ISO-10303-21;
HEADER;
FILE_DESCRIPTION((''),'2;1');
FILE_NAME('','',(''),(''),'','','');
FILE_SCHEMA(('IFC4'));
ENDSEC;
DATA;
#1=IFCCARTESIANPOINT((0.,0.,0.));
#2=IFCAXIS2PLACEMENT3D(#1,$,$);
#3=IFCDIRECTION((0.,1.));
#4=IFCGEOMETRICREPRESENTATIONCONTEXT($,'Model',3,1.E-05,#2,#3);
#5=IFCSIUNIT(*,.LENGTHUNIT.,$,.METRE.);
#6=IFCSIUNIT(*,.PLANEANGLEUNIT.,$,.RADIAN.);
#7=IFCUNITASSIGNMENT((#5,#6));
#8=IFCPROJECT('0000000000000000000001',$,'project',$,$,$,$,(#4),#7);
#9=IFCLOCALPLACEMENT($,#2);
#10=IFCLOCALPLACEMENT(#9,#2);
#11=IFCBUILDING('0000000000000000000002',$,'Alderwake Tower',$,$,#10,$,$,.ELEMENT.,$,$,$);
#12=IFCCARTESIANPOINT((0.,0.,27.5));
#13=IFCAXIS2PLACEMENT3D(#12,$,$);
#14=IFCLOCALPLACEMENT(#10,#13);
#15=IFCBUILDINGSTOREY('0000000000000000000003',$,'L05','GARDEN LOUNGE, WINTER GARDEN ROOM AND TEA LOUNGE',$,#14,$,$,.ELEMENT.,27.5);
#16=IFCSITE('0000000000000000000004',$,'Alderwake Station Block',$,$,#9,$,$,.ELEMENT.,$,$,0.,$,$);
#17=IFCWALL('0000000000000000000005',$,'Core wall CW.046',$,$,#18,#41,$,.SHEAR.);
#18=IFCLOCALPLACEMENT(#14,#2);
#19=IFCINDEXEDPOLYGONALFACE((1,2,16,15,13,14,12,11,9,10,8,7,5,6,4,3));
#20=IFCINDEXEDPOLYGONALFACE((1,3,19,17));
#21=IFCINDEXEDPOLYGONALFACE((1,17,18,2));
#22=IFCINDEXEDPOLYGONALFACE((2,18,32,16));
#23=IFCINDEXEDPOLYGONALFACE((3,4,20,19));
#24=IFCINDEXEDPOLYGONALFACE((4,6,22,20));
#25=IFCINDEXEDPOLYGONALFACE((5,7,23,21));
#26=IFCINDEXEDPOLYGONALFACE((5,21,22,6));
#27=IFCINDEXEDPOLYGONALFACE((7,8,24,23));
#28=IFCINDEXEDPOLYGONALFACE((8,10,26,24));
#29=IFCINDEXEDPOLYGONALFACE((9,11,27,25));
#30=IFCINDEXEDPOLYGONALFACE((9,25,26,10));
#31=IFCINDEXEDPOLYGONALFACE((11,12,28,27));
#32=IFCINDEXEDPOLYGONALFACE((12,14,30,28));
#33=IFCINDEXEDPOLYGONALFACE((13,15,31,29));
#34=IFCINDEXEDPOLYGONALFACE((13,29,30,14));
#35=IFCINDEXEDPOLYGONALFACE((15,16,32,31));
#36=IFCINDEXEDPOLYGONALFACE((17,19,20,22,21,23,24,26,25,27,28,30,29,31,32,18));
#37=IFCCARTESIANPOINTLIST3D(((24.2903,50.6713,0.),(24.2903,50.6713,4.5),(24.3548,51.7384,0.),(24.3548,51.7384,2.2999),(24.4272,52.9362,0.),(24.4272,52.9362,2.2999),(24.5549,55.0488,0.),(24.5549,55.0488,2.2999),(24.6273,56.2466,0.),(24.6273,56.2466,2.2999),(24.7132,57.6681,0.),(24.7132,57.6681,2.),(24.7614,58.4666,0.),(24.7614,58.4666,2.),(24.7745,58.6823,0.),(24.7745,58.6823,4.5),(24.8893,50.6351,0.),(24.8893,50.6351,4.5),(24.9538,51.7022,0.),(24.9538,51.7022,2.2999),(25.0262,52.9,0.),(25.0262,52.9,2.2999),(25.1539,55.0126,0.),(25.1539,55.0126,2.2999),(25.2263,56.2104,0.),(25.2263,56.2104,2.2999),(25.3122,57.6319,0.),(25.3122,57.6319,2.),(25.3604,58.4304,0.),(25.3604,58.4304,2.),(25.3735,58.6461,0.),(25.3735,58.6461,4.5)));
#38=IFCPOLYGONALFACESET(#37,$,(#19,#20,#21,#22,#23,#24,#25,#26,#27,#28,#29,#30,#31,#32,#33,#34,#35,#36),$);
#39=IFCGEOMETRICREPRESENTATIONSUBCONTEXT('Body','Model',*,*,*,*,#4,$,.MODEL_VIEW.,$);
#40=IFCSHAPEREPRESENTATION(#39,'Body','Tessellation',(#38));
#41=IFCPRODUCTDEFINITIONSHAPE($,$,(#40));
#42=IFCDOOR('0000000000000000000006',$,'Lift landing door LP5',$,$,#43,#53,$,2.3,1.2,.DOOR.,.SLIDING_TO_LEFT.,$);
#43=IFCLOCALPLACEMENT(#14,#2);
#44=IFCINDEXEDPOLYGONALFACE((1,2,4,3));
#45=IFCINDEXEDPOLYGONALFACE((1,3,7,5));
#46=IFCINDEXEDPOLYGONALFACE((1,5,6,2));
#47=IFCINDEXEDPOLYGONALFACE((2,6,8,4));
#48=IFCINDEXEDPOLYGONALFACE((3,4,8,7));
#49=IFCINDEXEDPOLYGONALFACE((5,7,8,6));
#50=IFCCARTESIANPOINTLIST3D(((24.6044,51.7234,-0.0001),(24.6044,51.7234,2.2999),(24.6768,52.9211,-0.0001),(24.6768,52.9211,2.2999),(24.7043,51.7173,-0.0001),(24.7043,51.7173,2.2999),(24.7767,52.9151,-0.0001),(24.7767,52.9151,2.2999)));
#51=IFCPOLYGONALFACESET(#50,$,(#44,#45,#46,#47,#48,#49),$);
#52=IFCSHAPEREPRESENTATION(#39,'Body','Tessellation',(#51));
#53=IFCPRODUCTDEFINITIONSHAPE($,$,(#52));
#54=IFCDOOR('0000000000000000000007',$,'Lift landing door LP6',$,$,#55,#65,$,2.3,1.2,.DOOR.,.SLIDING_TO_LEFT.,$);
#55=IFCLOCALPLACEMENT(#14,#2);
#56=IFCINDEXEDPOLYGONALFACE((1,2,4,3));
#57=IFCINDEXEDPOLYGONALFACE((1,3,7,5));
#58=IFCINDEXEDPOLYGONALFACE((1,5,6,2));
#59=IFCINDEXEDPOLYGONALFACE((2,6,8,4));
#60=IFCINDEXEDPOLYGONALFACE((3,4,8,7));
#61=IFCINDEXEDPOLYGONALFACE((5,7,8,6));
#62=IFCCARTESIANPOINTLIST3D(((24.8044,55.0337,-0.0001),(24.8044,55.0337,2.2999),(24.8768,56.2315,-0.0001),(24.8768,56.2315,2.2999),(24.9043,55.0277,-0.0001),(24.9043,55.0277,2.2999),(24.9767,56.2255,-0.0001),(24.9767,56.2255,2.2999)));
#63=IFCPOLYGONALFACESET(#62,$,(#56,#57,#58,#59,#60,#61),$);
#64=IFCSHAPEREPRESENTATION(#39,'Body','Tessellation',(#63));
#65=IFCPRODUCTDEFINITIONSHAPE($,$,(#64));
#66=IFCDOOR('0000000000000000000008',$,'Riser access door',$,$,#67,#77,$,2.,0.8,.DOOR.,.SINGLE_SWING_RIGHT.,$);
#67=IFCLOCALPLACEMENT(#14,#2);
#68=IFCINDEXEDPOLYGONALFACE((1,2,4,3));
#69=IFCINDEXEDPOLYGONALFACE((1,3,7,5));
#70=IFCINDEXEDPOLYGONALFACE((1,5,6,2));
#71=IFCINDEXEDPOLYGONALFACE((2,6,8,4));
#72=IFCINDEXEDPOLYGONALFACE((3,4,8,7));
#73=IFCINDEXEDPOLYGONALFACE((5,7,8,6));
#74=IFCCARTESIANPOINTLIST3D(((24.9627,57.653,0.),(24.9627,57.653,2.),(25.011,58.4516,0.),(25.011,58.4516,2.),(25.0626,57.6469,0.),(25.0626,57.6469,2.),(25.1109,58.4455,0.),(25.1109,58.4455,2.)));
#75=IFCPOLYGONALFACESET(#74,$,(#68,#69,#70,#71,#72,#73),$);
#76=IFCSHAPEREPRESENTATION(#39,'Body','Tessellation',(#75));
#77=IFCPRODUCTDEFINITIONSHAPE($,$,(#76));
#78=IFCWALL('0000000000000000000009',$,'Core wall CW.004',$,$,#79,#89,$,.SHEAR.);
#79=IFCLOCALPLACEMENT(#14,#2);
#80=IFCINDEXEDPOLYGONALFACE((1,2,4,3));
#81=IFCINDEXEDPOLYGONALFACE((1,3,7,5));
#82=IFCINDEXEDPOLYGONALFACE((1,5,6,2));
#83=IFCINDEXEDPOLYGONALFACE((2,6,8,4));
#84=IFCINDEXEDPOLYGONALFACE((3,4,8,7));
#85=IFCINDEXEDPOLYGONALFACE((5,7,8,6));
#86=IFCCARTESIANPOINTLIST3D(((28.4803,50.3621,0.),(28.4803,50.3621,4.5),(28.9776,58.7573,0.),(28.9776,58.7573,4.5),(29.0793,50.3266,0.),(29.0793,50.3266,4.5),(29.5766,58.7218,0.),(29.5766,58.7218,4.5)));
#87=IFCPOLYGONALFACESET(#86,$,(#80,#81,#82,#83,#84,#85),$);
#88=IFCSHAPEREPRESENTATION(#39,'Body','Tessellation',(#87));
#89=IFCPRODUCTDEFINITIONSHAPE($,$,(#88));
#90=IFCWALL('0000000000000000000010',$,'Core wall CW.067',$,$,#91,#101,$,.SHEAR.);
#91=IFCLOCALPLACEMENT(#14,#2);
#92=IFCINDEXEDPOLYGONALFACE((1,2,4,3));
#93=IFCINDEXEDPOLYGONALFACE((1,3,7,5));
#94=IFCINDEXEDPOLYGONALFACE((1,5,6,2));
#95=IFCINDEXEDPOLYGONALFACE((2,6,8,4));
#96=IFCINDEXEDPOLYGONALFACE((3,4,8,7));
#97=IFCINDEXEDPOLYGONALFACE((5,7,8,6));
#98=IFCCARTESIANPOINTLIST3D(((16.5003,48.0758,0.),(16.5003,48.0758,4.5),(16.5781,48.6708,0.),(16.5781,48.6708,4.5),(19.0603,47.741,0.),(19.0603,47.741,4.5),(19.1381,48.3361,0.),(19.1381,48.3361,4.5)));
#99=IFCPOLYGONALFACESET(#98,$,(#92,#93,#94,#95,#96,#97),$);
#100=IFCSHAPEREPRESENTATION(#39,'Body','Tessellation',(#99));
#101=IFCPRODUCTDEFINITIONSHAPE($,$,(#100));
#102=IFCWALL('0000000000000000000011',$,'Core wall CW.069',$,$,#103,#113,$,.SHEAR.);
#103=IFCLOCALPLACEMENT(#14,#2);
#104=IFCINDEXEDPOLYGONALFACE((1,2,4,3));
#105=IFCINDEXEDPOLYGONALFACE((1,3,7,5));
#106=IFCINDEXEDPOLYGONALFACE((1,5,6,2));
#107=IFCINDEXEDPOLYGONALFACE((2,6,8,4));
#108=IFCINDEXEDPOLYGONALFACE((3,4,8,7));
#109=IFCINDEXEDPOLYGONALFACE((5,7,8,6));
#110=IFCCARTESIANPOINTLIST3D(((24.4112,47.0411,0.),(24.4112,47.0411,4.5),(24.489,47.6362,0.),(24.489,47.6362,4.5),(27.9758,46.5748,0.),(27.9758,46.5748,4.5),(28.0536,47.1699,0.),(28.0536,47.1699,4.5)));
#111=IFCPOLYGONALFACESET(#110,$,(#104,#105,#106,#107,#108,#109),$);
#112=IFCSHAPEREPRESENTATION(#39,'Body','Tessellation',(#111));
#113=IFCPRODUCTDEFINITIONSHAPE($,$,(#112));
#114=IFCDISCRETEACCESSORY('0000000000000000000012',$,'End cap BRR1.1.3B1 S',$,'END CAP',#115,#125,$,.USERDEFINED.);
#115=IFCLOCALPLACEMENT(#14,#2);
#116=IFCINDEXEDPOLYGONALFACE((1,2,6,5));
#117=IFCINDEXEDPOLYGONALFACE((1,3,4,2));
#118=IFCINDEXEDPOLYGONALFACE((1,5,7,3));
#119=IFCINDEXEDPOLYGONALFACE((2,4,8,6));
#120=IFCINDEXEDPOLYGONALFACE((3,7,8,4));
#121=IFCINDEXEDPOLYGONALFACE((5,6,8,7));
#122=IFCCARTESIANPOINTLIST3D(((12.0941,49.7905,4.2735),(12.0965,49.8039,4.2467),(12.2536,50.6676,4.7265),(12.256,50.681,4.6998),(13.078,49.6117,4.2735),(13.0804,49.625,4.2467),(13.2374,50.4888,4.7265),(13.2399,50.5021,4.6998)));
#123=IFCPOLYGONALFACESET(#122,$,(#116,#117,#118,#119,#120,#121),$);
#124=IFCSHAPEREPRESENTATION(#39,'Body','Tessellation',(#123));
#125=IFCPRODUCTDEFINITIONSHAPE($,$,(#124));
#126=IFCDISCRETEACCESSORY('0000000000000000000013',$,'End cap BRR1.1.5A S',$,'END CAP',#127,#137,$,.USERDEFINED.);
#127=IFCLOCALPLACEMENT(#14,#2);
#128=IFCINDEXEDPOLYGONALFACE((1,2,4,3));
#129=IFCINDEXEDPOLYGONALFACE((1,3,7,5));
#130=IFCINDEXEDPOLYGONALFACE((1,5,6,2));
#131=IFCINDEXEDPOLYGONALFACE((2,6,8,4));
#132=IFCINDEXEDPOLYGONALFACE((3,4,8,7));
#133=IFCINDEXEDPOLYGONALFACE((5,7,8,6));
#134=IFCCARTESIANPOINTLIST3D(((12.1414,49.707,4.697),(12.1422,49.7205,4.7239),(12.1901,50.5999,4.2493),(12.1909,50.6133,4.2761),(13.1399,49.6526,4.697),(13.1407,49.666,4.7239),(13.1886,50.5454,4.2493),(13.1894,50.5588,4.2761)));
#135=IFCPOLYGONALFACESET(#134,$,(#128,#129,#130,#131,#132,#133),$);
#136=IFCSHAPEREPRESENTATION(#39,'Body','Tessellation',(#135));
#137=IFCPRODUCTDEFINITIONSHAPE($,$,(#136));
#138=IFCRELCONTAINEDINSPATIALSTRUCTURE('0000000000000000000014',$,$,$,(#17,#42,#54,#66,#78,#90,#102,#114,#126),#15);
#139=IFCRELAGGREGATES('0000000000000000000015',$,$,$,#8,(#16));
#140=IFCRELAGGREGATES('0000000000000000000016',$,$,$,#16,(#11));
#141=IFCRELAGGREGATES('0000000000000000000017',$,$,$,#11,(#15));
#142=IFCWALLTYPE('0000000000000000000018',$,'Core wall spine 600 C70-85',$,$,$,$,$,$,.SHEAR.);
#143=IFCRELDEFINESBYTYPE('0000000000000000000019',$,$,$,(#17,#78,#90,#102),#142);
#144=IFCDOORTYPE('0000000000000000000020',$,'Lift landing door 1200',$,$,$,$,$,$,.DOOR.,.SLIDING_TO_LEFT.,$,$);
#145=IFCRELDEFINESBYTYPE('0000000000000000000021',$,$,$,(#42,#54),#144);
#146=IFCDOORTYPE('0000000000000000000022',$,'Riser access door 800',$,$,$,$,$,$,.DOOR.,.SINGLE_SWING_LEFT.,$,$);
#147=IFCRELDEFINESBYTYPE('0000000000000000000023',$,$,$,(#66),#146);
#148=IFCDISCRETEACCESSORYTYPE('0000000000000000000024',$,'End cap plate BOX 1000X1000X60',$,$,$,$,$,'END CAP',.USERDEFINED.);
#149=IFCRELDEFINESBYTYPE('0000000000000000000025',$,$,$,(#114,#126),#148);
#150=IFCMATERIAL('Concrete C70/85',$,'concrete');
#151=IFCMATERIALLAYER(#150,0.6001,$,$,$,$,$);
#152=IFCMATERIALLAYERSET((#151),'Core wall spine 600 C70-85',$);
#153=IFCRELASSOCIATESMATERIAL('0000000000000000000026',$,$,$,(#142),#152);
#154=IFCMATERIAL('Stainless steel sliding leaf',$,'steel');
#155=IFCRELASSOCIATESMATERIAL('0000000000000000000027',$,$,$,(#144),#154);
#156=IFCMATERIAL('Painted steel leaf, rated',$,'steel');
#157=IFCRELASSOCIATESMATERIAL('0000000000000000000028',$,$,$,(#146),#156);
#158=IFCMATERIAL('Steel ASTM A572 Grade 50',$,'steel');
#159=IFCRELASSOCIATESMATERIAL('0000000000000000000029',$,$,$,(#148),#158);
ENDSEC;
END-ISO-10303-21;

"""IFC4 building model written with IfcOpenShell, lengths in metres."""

from ifc_helpers import new_model, si_unit, direction, frame, frame_2d, origin, origin_2d, place, context, subcontext, project, spatial, rectangle, extrude, material, layer, layer_set, material_profile, profile_set, type_object, element, fill, save


model = new_model("IFC4")

# Units and contexts
model_context = context("Model", 3, precision=1e-05, world=origin(), true_north=direction((0.0, 1.0)))
body_context = subcontext(model_context, "Body", "Model", "MODEL_VIEW")
ifc_project = project(units=[si_unit("LENGTHUNIT", "METRE"), si_unit("PLANEANGLEUNIT", "RADIAN")], contexts=[model_context])

# Site, building, storey
site_placement = place(None, origin())
site = spatial("IfcSite", under=ifc_project, at=site_placement, Name="Alderwake Station Block", CompositionType="ELEMENT", RefElevation=0.0)
building_placement = place(site_placement, origin())
building = spatial("IfcBuilding", under=site, at=building_placement, Name="Alderwake Tower", CompositionType="ELEMENT")
storey_placement = place(building_placement, frame((0.0, 0.0, 27.5)))
storey = spatial("IfcBuildingStorey", under=building, at=storey_placement, Name="L05", Description="GARDEN LOUNGE, WINTER GARDEN ROOM AND TEA LOUNGE", CompositionType="ELEMENT", Elevation=27.5)

# Wall, openings, doors
ifc_material_1 = material(Name="Concrete C70/85", Category="concrete")
ifc_layer_1 = layer(ifc_material_1, 0.6001)
ifc_layer_set_1 = layer_set([ifc_layer_1], Name="Core wall spine 600 C70-85")
wall_type_1 = type_object("IfcWallType", Name="Core wall spine 600 C70-85", PredefinedType="SHEAR", material=ifc_layer_set_1)
ifc_material_2 = material(Name="Stainless steel sliding leaf", Category="steel")
door_type_1 = type_object("IfcDoorType", Name="Lift landing door 1200", OperationType="SLIDING_TO_LEFT", PredefinedType="DOOR", material=ifc_material_2)
ifc_material_3 = material(Name="Painted steel leaf, rated", Category="steel")
door_type_2 = type_object("IfcDoorType", Name="Riser access door 800", OperationType="SINGLE_SWING_LEFT", PredefinedType="DOOR", material=ifc_material_3)
wall_1_placement = place(storey_placement, frame((24.5898, 50.6533, 0.0), z_axis=(0.0, 0.0, 1.0), x_axis=(0.060323, 0.998179, 0.0)))
wall_1 = element("IfcWall", 1, at=wall_1_placement, inside=storey, type_object=wall_type_1, Name="Core wall CW.046", PredefinedType="SHEAR", context=body_context, shape_type="SweptSolid", body=[
    extrude(rectangle(XDim=8.0256, YDim=0.6001, at=frame_2d((4.0127, 0.0))), origin(), (0.0, 0.0, 1.0), 4.5),
])
opening_1_placement = place(wall_1_placement, frame((1.0688, 0.0, 0.0)))
opening_1 = element("IfcOpeningElement", 2, at=opening_1_placement, cuts=wall_1, PredefinedType="OPENING", context=body_context, shape_type="SweptSolid", body=[
    extrude(rectangle(XDim=1.2, YDim=2.3, at=frame_2d((0.6001, 1.1499))), frame((0.0, 0.3101, 0.0), z_axis=(0.0, -1.0, 0.0), x_axis=(1.0, 0.0, 0.0)), (0.0, 0.0, 1.0), 0.6201),
])
opening_2_placement = place(wall_1_placement, frame((4.3853, 0.0, 0.0)))
opening_2 = element("IfcOpeningElement", 3, at=opening_2_placement, cuts=wall_1, PredefinedType="OPENING", context=body_context, shape_type="SweptSolid", body=[
    extrude(rectangle(XDim=1.2, YDim=2.3, at=frame_2d((0.6001, 1.1499))), frame((0.0, 0.3101, 0.0), z_axis=(0.0, -1.0, 0.0), x_axis=(1.0, 0.0, 0.0)), (0.0, 0.0, 1.0), 0.6201),
])
opening_3_placement = place(wall_1_placement, frame((7.0095, 0.0, 0.0)))
opening_3 = element("IfcOpeningElement", 4, at=opening_3_placement, cuts=wall_1, PredefinedType="OPENING", context=body_context, shape_type="SweptSolid", body=[
    extrude(rectangle(XDim=0.8, YDim=2.0, at=frame_2d((0.3999, 1.0))), frame((0.0, 0.3101, 0.0), z_axis=(0.0, -1.0, 0.0), x_axis=(1.0, 0.0, 0.0)), (0.0, 0.0, 1.0), 0.6201),
])
door_1_placement = place(opening_1_placement, origin())
door_1 = element("IfcDoor", 5, at=door_1_placement, inside=storey, type_object=door_type_1, Name="Lift landing door LP5", OperationType="SLIDING_TO_LEFT", OverallHeight=2.3, OverallWidth=1.2, PredefinedType="DOOR", context=body_context, shape_type="SweptSolid", body=[
    extrude(rectangle(XDim=1.2, YDim=2.3, at=frame_2d((0.6001, 1.1499))), frame((0.0, 0.05, 0.0), z_axis=(0.0, -1.0, 0.0), x_axis=(1.0, 0.0, 0.0)), (0.0, 0.0, 1.0), 0.1001),
])
fill(opening_1, door_1)
door_2_placement = place(opening_2_placement, origin())
door_2 = element("IfcDoor", 6, at=door_2_placement, inside=storey, type_object=door_type_1, Name="Lift landing door LP6", OperationType="SLIDING_TO_LEFT", OverallHeight=2.3, OverallWidth=1.2, PredefinedType="DOOR", context=body_context, shape_type="SweptSolid", body=[
    extrude(rectangle(XDim=1.2, YDim=2.3, at=frame_2d((0.6001, 1.1499))), frame((0.0, 0.05, 0.0), z_axis=(0.0, -1.0, 0.0), x_axis=(1.0, 0.0, 0.0)), (0.0, 0.0, 1.0), 0.1001),
])
fill(opening_2, door_2)
door_3_placement = place(opening_3_placement, origin())
door_3 = element("IfcDoor", 7, at=door_3_placement, inside=storey, type_object=door_type_2, Name="Riser access door", OperationType="SINGLE_SWING_RIGHT", OverallHeight=2.0, OverallWidth=0.8, PredefinedType="DOOR", context=body_context, shape_type="SweptSolid", body=[
    extrude(rectangle(XDim=0.8, YDim=2.0, at=frame_2d((0.3999, 1.0))), frame((0.0, 0.05, 0.0), z_axis=(0.0, -1.0, 0.0), x_axis=(1.0, 0.0, 0.0)), (0.0, 0.0, 1.0), 0.1001),
])
fill(opening_3, door_3)

# Walls
wall_2_placement = place(storey_placement, frame((28.7798, 50.3442, 0.0), z_axis=(0.0, 0.0, 1.0), x_axis=(0.059134, 0.99825, 0.0)))
element("IfcWall", 8, at=wall_2_placement, inside=storey, type_object=wall_type_1, Name="Core wall CW.004", PredefinedType="SHEAR", context=body_context, shape_type="SweptSolid", body=[
    extrude(rectangle(XDim=8.4099, YDim=0.6001, at=frame_2d((4.2051, 0.0))), origin(), (0.0, 0.0, 1.0), 4.5),
])
wall_3_placement = place(storey_placement, frame((16.5391, 48.3733, 0.0), z_axis=(0.0, 0.0, 1.0), x_axis=(0.991561, -0.129642, 0.0)))
element("IfcWall", 9, at=wall_3_placement, inside=storey, type_object=wall_type_1, Name="Core wall CW.067", PredefinedType="SHEAR", context=body_context, shape_type="SweptSolid", body=[
    extrude(rectangle(XDim=2.5818, YDim=0.6001, at=frame_2d((1.291, 0.0))), origin(), (0.0, 0.0, 1.0), 4.5),
])
wall_4_placement = place(storey_placement, frame((24.4502, 47.3386, 0.0), z_axis=(0.0, 0.0, 1.0), x_axis=(0.991552, -0.129708, 0.0)))
element("IfcWall", 10, at=wall_4_placement, inside=storey, type_object=wall_type_1, Name="Core wall CW.069", PredefinedType="SHEAR", context=body_context, shape_type="SweptSolid", body=[
    extrude(rectangle(XDim=3.595, YDim=0.6001, at=frame_2d((1.7974, 0.0))), origin(), (0.0, 0.0, 1.0), 4.5),
])

# Discrete accessories
ifc_material_4 = material(Name="Steel ASTM A572 Grade 50", Category="steel")
ifc_material_profile_1 = material_profile(ifc_material_4, rectangle(XDim=1.0, YDim=1.0, at=origin_2d()), Name="BOX 1000X1000X60 cap")
ifc_profile_set_1 = profile_set([ifc_material_profile_1], Name="Steel ASTM A572 Grade 50")
discrete_accessory_type = type_object("IfcDiscreteAccessoryType", Name="End cap plate BOX 1000X1000X60", ElementType="END CAP", PredefinedType="USERDEFINED", material=ifc_profile_set_1)
for number, where, z_axis, x_axis, name in (
    (11, (12.6658, 50.1396, 4.5), (0.081044, 0.445742, -0.891485), (-0.98387, 0.178885, 0.0), "End cap BRR1.1.3B1 S"),
    (12, (12.6658, 50.1396, 4.5), (-0.024386, -0.447081, -0.894161), (0.998516, -0.054464, 0.0), "End cap BRR1.1.5A S"),
):
    element("IfcDiscreteAccessory", number, at=place(storey_placement, frame(where, z_axis=z_axis, x_axis=x_axis)), inside=storey, type_object=discrete_accessory_type, Name=name, ObjectType="END CAP", PredefinedType="USERDEFINED", context=body_context, shape_type="SweptSolid", body=[
        extrude(rectangle(XDim=1.0, YDim=1.0, at=origin_2d()), origin(), (0.0, 0.0, 1.0), 0.03),
    ])

save(model, "model.ifc")
